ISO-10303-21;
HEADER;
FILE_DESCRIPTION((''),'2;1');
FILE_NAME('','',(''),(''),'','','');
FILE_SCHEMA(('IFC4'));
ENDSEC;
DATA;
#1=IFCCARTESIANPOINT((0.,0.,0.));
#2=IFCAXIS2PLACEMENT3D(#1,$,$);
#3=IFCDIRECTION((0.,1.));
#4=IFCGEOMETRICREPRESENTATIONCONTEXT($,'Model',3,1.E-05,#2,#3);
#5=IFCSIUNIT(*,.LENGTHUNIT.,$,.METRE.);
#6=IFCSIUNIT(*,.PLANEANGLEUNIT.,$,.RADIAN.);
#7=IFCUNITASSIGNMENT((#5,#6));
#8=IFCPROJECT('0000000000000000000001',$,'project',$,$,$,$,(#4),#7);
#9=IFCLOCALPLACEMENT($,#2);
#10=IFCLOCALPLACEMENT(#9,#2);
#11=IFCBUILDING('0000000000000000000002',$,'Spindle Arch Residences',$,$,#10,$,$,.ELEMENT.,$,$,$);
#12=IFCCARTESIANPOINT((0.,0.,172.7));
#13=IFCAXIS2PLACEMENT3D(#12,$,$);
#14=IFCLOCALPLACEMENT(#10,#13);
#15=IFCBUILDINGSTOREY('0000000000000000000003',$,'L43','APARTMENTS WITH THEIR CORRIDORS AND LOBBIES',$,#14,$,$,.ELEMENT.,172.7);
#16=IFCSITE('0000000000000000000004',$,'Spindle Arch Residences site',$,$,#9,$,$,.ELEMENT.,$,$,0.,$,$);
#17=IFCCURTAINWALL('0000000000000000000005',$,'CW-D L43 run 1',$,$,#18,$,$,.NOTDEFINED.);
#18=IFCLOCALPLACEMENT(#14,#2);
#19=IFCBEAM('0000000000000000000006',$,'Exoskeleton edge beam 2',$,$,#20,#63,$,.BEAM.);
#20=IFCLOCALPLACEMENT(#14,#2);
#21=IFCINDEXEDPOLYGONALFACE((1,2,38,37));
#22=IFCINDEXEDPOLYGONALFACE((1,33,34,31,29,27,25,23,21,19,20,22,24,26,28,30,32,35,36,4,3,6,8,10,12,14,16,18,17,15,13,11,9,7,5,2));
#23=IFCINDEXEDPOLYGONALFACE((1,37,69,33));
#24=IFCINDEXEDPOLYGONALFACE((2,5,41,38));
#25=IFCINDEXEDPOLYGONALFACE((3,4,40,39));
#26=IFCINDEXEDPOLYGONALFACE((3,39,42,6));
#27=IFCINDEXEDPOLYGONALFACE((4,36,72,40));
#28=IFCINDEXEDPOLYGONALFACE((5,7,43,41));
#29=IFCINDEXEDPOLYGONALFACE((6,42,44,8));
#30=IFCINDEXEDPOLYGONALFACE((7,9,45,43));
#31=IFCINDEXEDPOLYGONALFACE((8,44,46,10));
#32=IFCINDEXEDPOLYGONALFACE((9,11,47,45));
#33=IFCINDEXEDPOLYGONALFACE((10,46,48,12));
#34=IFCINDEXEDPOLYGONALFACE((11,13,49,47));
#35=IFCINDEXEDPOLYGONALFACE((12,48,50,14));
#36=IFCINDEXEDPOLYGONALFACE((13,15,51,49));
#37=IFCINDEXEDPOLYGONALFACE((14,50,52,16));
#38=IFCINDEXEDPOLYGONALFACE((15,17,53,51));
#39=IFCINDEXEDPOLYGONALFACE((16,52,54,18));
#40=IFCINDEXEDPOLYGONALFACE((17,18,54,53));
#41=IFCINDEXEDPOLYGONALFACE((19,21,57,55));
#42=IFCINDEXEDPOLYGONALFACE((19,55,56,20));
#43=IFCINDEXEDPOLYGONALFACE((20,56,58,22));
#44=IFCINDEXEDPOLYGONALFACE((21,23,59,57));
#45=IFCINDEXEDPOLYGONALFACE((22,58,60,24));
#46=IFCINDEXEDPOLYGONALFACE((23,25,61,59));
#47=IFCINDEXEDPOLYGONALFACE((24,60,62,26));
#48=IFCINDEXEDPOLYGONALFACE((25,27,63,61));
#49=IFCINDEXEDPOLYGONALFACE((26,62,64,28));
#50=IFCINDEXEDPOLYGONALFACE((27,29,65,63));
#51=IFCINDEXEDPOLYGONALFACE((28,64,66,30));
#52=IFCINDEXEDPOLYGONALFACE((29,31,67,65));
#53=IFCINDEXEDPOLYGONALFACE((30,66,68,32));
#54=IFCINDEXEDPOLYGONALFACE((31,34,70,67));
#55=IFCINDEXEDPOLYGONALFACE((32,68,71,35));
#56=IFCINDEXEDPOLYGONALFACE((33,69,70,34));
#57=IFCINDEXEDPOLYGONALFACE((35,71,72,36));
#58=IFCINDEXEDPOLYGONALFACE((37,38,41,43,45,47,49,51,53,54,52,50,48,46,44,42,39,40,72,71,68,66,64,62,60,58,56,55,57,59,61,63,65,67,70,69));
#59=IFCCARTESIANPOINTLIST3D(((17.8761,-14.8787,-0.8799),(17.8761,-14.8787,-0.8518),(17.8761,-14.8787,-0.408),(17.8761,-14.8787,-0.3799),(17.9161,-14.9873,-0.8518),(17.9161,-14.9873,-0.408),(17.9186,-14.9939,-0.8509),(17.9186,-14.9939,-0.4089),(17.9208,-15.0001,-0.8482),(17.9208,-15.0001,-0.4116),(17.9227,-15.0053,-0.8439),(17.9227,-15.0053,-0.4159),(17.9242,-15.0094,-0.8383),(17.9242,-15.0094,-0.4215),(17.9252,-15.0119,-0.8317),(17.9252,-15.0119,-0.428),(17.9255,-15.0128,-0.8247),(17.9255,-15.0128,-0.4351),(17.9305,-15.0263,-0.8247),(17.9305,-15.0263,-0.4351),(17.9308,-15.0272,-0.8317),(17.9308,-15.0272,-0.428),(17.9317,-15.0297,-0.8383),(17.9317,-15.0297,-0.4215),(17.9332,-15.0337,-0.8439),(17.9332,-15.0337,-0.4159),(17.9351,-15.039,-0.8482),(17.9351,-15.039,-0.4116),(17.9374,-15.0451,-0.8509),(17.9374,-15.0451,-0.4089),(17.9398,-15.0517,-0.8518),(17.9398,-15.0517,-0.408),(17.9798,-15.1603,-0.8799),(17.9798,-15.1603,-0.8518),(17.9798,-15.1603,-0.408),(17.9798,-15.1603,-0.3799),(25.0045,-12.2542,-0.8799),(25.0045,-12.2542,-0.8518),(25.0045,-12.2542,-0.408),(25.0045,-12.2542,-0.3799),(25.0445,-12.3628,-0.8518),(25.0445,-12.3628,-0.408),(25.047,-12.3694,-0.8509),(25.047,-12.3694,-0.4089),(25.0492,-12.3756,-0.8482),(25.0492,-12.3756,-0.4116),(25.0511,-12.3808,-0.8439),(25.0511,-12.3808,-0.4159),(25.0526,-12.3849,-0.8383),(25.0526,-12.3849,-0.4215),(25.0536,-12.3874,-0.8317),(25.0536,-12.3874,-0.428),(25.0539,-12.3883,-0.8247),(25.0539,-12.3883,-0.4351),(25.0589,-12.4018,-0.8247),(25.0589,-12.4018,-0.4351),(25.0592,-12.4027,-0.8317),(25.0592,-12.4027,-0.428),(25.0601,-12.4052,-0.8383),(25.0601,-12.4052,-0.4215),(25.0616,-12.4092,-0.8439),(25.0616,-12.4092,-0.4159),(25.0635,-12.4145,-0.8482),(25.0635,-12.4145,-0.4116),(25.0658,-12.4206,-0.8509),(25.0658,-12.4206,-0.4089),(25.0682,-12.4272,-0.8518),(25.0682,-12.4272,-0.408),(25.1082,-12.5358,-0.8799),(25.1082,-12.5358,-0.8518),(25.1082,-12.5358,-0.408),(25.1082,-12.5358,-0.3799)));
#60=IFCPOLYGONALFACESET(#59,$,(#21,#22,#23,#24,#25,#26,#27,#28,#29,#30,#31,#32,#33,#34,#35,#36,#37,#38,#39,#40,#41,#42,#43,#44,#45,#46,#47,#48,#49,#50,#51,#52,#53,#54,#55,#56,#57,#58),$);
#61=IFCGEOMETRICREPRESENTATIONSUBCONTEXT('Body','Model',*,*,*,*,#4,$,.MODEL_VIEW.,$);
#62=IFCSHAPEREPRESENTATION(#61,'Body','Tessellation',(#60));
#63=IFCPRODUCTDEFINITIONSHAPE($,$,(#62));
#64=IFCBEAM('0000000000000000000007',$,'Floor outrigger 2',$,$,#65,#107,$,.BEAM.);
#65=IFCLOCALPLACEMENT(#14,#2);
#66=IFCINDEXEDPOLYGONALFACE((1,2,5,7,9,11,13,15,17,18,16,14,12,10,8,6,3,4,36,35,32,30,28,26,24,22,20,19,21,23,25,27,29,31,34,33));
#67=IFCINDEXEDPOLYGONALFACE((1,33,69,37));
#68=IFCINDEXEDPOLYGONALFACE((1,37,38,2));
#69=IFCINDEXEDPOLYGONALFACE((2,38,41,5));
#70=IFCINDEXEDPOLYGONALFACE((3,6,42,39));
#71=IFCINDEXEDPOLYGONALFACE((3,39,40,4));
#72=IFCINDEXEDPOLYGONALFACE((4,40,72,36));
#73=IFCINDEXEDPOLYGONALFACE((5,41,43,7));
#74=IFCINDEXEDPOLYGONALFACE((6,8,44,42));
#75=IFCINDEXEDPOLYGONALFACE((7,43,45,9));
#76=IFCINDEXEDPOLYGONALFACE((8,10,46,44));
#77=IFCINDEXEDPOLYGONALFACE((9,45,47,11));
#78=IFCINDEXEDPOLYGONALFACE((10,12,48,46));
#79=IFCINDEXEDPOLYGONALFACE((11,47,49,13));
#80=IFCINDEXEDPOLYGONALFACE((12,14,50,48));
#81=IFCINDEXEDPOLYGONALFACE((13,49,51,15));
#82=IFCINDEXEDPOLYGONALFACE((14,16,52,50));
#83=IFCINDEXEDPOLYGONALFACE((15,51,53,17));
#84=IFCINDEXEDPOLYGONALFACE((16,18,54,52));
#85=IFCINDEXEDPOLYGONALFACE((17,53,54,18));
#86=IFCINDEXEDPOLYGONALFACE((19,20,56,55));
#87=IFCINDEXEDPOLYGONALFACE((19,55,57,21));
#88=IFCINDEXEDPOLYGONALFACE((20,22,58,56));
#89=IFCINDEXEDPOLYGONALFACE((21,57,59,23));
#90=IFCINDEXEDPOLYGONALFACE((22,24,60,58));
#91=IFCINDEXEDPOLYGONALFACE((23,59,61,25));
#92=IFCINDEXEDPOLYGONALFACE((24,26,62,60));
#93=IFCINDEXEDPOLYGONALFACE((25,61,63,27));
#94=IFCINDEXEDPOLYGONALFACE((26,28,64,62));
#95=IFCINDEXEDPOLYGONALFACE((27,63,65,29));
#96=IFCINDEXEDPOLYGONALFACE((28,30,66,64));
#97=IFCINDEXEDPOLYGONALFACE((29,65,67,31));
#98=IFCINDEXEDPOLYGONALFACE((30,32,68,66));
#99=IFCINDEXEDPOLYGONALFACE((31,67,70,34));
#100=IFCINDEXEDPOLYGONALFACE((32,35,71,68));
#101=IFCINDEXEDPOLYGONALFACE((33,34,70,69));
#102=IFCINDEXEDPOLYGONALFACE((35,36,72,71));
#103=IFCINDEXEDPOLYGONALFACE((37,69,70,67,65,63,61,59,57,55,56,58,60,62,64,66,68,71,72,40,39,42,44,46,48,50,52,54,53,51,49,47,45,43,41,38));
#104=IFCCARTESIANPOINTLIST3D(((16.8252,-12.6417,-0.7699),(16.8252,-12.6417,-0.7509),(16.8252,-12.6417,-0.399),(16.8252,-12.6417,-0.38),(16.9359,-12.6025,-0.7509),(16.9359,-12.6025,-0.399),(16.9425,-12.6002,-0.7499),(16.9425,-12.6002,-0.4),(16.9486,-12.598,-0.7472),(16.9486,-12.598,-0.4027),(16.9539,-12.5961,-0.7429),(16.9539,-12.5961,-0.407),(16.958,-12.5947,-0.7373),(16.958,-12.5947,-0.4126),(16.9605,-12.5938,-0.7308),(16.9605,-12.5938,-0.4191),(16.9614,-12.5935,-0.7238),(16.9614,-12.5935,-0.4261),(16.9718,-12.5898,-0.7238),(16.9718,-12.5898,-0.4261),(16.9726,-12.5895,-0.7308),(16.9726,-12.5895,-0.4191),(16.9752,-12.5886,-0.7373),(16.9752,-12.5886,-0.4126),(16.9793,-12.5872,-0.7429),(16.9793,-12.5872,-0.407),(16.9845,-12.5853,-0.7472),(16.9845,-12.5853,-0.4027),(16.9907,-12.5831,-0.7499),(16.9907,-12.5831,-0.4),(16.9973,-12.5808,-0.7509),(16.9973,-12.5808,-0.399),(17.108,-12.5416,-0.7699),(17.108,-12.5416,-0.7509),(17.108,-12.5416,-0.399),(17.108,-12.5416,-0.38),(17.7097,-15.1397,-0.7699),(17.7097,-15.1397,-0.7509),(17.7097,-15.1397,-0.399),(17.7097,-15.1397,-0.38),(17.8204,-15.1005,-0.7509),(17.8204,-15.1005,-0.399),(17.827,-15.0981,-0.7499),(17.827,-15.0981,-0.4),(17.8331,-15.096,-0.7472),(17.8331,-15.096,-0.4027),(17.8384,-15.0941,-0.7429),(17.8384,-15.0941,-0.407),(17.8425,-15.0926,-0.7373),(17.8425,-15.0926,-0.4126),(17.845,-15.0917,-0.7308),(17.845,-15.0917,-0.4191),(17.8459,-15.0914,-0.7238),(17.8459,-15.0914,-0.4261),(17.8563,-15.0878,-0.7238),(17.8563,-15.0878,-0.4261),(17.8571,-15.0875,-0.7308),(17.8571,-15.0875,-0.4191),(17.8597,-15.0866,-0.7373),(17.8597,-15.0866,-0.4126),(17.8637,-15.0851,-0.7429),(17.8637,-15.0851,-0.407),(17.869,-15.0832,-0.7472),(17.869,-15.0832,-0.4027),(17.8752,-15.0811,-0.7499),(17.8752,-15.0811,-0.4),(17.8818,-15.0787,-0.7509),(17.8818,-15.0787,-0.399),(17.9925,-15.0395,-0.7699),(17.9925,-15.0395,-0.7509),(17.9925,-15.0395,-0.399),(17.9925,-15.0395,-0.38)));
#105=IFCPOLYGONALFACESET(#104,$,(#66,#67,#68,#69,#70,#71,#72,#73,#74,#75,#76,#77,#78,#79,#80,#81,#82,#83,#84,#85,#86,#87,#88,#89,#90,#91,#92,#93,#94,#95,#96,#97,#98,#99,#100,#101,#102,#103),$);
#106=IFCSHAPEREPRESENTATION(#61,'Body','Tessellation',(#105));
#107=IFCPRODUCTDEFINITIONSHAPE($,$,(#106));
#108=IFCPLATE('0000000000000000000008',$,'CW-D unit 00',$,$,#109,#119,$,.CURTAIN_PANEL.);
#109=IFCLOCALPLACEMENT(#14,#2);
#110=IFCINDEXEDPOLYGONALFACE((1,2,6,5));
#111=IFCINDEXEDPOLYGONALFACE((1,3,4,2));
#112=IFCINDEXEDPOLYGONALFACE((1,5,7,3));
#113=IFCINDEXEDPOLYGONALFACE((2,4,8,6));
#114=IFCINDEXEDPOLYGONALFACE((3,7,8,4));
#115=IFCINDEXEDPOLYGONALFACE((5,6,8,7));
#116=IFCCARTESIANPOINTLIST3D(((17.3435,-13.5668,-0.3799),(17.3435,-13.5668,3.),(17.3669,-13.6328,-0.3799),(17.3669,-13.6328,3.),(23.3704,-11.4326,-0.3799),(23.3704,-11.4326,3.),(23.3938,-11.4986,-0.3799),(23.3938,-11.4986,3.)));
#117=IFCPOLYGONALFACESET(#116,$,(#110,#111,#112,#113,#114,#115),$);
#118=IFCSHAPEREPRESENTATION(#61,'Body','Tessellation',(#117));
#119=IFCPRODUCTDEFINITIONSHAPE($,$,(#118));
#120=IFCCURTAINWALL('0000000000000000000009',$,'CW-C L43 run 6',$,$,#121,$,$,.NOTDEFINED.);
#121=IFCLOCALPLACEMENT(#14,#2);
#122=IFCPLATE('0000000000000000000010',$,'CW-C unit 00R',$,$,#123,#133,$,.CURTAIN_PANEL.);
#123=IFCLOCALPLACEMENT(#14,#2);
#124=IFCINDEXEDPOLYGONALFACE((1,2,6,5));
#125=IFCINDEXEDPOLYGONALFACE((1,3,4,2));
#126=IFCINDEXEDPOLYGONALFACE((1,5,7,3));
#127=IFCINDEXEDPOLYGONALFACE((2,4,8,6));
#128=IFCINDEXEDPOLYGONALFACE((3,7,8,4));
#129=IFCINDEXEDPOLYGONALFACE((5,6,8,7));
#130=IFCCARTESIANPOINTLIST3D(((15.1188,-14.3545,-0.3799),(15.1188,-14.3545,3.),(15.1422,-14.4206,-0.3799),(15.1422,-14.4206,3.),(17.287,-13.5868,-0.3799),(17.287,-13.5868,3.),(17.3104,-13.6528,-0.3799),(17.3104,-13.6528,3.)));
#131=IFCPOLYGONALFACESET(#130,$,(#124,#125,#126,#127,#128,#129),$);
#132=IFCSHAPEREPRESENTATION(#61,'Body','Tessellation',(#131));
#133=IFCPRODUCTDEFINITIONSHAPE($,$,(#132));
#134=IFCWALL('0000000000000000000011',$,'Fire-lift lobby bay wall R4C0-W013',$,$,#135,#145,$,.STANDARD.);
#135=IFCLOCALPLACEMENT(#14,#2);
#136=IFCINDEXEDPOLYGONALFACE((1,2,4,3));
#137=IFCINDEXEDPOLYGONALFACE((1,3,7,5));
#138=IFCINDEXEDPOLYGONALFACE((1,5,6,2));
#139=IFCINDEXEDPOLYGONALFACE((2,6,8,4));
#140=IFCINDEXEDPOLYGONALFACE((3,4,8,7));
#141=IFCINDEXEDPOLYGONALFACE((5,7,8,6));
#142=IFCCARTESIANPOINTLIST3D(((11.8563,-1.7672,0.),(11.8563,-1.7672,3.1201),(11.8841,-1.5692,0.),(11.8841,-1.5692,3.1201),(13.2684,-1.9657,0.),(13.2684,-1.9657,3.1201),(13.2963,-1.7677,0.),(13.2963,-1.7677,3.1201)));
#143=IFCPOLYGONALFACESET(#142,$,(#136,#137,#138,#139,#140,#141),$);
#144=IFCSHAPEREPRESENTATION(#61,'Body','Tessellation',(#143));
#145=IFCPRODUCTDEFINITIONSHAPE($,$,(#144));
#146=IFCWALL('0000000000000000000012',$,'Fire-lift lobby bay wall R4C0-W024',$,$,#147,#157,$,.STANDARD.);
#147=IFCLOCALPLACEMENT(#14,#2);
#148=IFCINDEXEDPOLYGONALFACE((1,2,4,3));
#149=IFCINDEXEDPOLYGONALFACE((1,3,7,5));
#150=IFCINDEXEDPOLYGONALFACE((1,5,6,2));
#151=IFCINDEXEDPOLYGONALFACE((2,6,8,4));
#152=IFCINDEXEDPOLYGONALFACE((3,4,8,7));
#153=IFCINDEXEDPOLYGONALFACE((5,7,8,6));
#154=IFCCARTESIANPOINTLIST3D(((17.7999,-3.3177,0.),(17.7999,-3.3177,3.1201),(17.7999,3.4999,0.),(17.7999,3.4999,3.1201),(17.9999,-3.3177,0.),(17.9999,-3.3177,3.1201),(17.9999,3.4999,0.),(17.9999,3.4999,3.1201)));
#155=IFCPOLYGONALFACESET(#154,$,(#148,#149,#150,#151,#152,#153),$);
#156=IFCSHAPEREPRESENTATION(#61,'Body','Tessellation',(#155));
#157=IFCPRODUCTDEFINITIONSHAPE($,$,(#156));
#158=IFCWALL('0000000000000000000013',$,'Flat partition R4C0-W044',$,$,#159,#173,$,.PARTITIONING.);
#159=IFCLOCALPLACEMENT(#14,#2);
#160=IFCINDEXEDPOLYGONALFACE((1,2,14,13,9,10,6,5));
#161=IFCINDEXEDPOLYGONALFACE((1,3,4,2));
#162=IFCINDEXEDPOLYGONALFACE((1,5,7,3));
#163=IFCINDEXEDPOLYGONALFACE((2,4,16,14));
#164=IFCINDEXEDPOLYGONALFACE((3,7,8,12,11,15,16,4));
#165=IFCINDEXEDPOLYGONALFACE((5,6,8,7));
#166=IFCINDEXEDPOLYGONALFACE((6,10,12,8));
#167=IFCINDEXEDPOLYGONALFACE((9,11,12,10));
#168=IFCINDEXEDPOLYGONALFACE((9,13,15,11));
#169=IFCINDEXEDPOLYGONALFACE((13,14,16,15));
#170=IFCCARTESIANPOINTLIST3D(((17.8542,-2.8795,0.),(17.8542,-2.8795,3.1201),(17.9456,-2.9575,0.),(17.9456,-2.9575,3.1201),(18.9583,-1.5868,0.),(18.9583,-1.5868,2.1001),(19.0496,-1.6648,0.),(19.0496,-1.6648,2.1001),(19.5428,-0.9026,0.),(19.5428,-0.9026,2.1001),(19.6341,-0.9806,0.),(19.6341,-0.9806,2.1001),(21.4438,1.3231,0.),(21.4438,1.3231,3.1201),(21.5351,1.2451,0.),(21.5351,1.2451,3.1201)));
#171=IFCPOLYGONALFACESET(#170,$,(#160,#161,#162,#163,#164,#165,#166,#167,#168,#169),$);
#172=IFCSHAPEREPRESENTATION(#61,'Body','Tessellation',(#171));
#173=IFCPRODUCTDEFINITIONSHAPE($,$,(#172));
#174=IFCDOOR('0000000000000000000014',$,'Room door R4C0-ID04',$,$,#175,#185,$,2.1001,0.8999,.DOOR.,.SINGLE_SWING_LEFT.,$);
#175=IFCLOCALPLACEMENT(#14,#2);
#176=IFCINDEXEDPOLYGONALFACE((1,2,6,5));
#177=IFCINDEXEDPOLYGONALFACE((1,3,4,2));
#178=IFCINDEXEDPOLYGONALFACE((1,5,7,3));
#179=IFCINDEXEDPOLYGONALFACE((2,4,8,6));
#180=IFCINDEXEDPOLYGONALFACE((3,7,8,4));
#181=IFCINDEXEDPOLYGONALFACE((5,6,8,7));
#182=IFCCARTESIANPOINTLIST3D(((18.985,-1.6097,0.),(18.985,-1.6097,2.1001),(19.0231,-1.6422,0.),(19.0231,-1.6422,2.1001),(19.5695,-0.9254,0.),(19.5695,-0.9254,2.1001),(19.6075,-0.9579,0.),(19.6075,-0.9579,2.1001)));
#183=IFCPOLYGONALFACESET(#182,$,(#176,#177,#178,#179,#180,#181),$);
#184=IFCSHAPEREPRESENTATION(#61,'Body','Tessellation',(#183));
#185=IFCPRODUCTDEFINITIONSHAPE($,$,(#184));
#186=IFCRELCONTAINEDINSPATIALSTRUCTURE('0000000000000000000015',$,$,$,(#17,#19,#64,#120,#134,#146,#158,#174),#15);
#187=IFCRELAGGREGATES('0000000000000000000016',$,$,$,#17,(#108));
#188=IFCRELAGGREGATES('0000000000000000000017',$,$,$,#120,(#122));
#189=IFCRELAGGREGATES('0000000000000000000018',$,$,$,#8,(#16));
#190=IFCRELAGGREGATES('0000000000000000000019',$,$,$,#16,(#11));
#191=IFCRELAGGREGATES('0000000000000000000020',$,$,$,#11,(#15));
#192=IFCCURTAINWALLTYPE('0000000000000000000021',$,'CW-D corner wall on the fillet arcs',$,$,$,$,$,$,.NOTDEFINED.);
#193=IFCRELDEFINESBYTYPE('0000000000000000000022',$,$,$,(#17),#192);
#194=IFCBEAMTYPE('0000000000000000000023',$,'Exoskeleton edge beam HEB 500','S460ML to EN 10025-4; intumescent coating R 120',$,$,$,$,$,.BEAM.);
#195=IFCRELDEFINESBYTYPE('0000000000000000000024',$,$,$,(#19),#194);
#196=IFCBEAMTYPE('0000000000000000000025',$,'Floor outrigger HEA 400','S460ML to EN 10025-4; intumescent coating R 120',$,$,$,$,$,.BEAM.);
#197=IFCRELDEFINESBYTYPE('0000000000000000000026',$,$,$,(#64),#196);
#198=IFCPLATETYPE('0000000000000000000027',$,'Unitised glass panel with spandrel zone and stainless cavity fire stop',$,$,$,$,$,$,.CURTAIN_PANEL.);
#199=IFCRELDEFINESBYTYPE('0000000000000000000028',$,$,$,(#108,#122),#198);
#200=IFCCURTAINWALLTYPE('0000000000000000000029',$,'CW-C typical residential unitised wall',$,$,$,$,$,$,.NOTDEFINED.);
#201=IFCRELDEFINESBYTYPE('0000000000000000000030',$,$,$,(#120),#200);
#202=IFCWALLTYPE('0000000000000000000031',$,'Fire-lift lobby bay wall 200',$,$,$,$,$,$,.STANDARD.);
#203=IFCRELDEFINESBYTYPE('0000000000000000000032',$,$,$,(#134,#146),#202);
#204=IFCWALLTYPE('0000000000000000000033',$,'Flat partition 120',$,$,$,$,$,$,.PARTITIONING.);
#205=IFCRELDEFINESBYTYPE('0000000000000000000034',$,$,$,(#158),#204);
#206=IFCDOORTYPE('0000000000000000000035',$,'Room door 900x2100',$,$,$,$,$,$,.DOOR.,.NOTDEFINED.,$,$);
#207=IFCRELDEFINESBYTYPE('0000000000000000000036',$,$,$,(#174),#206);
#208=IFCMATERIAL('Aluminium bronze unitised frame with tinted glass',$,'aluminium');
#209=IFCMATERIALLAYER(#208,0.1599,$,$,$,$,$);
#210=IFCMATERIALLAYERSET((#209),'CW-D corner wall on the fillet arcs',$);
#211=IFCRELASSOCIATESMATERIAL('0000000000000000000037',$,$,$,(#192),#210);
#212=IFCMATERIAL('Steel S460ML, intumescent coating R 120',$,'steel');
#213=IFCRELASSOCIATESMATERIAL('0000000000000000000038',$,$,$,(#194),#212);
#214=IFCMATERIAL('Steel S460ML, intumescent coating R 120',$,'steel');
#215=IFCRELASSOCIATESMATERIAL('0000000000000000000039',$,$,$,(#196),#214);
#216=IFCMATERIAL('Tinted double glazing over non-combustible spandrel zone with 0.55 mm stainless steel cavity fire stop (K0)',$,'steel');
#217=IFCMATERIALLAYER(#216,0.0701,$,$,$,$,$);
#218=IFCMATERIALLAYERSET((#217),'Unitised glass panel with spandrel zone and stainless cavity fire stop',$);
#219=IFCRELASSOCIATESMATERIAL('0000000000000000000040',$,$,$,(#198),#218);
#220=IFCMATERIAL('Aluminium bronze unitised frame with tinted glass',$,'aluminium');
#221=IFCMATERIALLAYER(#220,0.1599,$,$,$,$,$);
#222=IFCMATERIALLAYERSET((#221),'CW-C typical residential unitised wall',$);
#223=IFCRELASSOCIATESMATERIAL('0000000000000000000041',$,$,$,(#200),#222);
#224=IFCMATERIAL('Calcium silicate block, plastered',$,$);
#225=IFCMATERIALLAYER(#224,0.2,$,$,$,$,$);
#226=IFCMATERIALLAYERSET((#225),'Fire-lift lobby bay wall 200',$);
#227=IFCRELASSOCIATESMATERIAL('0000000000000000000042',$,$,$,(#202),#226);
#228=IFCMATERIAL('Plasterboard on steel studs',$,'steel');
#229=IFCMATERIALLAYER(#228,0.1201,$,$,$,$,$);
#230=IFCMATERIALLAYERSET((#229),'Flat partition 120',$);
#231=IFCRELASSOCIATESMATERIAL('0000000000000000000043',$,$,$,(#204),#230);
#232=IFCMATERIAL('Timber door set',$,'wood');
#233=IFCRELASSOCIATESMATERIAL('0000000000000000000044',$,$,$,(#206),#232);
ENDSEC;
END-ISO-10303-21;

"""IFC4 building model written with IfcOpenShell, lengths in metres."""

from ifc_helpers import new_model, si_unit, direction, frame, frame_2d, origin, origin_2d, place, context, subcontext, project, spatial, rectangle, i_section, extrude, material, layer, layer_set, material_profile, profile_set, type_object, element, fill, aggregate, save


model = new_model("IFC4")

# Units and contexts
model_context = context("Model", 3, precision=1e-05, world=origin(), true_north=direction((0.0, 1.0)))
body_context = subcontext(model_context, "Body", "Model", "MODEL_VIEW")
ifc_project = project(units=[si_unit("LENGTHUNIT", "METRE"), si_unit("PLANEANGLEUNIT", "RADIAN")], contexts=[model_context])

# Site, building, storey
site_placement = place(None, origin())
site = spatial("IfcSite", under=ifc_project, at=site_placement, Name="Spindle Arch Residences site", CompositionType="ELEMENT", RefElevation=0.0)
building_placement = place(site_placement, origin())
building = spatial("IfcBuilding", under=site, at=building_placement, Name="Spindle Arch Residences", CompositionType="ELEMENT")
storey_placement = place(building_placement, frame((0.0, 0.0, 172.7)))
storey = spatial("IfcBuildingStorey", under=building, at=storey_placement, Name="L43", Description="APARTMENTS WITH THEIR CORRIDORS AND LOBBIES", CompositionType="ELEMENT", Elevation=172.7)

# Curtain wall
ifc_material_1 = material(Name="Aluminium bronze unitised frame with tinted glass", Category="aluminium")
ifc_layer_1 = layer(ifc_material_1, 0.1599)
ifc_layer_set_1 = layer_set([ifc_layer_1], Name="CW-D corner wall on the fillet arcs")
curtain_wall_type_1 = type_object("IfcCurtainWallType", Name="CW-D corner wall on the fillet arcs", PredefinedType="NOTDEFINED", material=ifc_layer_set_1)
curtain_wall_1_placement = place(storey_placement, origin())
curtain_wall_1 = element("IfcCurtainWall", 1, at=curtain_wall_1_placement, inside=storey, type_object=curtain_wall_type_1, Name="CW-D L43 run 1", PredefinedType="NOTDEFINED")

# Beams
ifc_material_2 = material(Name="Steel S460ML, intumescent coating R 120", Category="steel")
ifc_material_profile_1 = material_profile(ifc_material_2, i_section(OverallWidth=0.3, OverallDepth=0.5, WebThickness=0.0144, FlangeThickness=0.0281, FilletRadius=0.0271, at=origin_2d()), Name="HEB 500")
ifc_profile_set_1 = profile_set([ifc_material_profile_1], Name="Steel S460ML, intumescent coating R 120")
beam_type_1 = type_object("IfcBeamType", Name="Exoskeleton edge beam HEB 500", Description="S460ML to EN 10025-4; intumescent coating R 120", PredefinedType="BEAM", material=ifc_profile_set_1)
beam_1_placement = place(storey_placement, frame((17.928, -15.0195, -0.6299), z_axis=(0.938418, 0.345503, 0.0), x_axis=(-0.345503, 0.938418, 0.0)))
element("IfcBeam", 2, at=beam_1_placement, inside=storey, type_object=beam_type_1, Name="Exoskeleton edge beam 2", PredefinedType="BEAM", context=body_context, shape_type="SweptSolid", body=[
    extrude(i_section(OverallWidth=0.3, OverallDepth=0.5, WebThickness=0.0144, FlangeThickness=0.0281, FilletRadius=0.0271, at=origin_2d()), origin(), (0.0, 0.0, 1.0), 7.5962),
])
ifc_material_3 = material(Name="Steel S460ML, intumescent coating R 120", Category="steel")
ifc_material_profile_2 = material_profile(ifc_material_3, i_section(OverallWidth=0.3, OverallDepth=0.3899, WebThickness=0.011, FlangeThickness=0.019, FilletRadius=0.0271, at=origin_2d()), Name="HEA 400")
ifc_profile_set_2 = profile_set([ifc_material_profile_2], Name="Steel S460ML, intumescent coating R 120")
beam_type_2 = type_object("IfcBeamType", Name="Floor outrigger HEA 400", Description="S460ML to EN 10025-4; intumescent coating R 120", PredefinedType="BEAM", material=ifc_profile_set_2)
beam_2_placement = place(storey_placement, frame((17.8511, -15.0896, -0.575), z_axis=(-0.333779, 0.942651, 0.0), x_axis=(-0.942651, -0.333779, 0.0)))
element("IfcBeam", 3, at=beam_2_placement, inside=storey, type_object=beam_type_2, Name="Floor outrigger 2", PredefinedType="BEAM", context=body_context, shape_type="SweptSolid", body=[
    extrude(i_section(OverallWidth=0.3, OverallDepth=0.3899, WebThickness=0.011, FlangeThickness=0.019, FilletRadius=0.0271, at=origin_2d()), origin(), (0.0, 0.0, 1.0), 2.6499),
])

# Plate
ifc_material_4 = material(Name="Tinted double glazing over non-combustible spandrel zone with 0.55 mm stainless steel cavity fire stop (K0)", Category="steel")
ifc_layer_2 = layer(ifc_material_4, 0.0701)
ifc_layer_set_2 = layer_set([ifc_layer_2], Name="Unitised glass panel with spandrel zone and stainless cavity fire stop")
plate_type = type_object("IfcPlateType", Name="Unitised glass panel with spandrel zone and stainless cavity fire stop", PredefinedType="CURTAIN_PANEL", material=ifc_layer_set_2)
plate_1_placement = place(storey_placement, frame((20.3687, -12.5327, -0.3799), z_axis=(0.0, 0.0, 1.0), x_axis=(0.942641, 0.333807, 0.0)))
plate_1 = element("IfcPlate", 4, at=plate_1_placement, type_object=plate_type, Name="CW-D unit 00", PredefinedType="CURTAIN_PANEL", context=body_context, shape_type="SweptSolid", body=[
    extrude(rectangle(XDim=6.3936, YDim=0.0701, at=origin_2d()), origin(), (0.0, 0.0, 1.0), 3.3799),
])
aggregate(curtain_wall_1, [plate_1])

# Curtain wall, plate
ifc_material_5 = material(Name="Aluminium bronze unitised frame with tinted glass", Category="aluminium")
ifc_layer_3 = layer(ifc_material_5, 0.1599)
ifc_layer_set_3 = layer_set([ifc_layer_3], Name="CW-C typical residential unitised wall")
curtain_wall_type_2 = type_object("IfcCurtainWallType", Name="CW-C typical residential unitised wall", PredefinedType="NOTDEFINED", material=ifc_layer_set_3)
curtain_wall_2_placement = place(storey_placement, origin())
curtain_wall_2 = element("IfcCurtainWall", 5, at=curtain_wall_2_placement, inside=storey, type_object=curtain_wall_type_2, Name="CW-C L43 run 6", PredefinedType="NOTDEFINED")
plate_2_placement = place(storey_placement, frame((16.2146, -14.0037, -0.3799), z_axis=(0.0, 0.0, 1.0), x_axis=(0.942641, 0.333807, 0.0)))
plate_2 = element("IfcPlate", 6, at=plate_2_placement, type_object=plate_type, Name="CW-C unit 00R", PredefinedType="CURTAIN_PANEL", context=body_context, shape_type="SweptSolid", body=[
    extrude(rectangle(XDim=2.3, YDim=0.0701, at=origin_2d()), origin(), (0.0, 0.0, 1.0), 3.3799),
])
aggregate(curtain_wall_2, [plate_2])

# Walls
ifc_material_6 = material(Name="Calcium silicate block, plastered")
ifc_layer_4 = layer(ifc_material_6, 0.2)
ifc_layer_set_4 = layer_set([ifc_layer_4], Name="Fire-lift lobby bay wall 200")
wall_type_1 = type_object("IfcWallType", Name="Fire-lift lobby bay wall 200", PredefinedType="STANDARD", material=ifc_layer_set_4)
wall_1_placement = place(storey_placement, frame((13.2822, -1.8667, 0.0), z_axis=(0.0, 0.0, 1.0), x_axis=(-0.990265, 0.139192, 0.0)))
element("IfcWall", 7, at=wall_1_placement, inside=storey, type_object=wall_type_1, Name="Fire-lift lobby bay wall R4C0-W013", PredefinedType="STANDARD", context=body_context, shape_type="SweptSolid", body=[
    extrude(rectangle(XDim=1.426, YDim=0.2, at=frame_2d((0.7129, 0.0))), origin(), (0.0, 0.0, 1.0), 3.1201),
])
wall_2_placement = place(storey_placement, frame((17.8999, -3.3176, 0.0), z_axis=(0.0, 0.0, 1.0), x_axis=(0.0, 1.0, 0.0)))
element("IfcWall", 8, at=wall_2_placement, inside=storey, type_object=wall_type_1, Name="Fire-lift lobby bay wall R4C0-W024", PredefinedType="STANDARD", context=body_context, shape_type="SweptSolid", body=[
    extrude(rectangle(XDim=6.8176, YDim=0.2, at=frame_2d((3.4087, 0.0))), origin(), (0.0, 0.0, 1.0), 3.1201),
])

# Wall, opening, door
ifc_material_7 = material(Name="Plasterboard on steel studs", Category="steel")
ifc_layer_5 = layer(ifc_material_7, 0.1201)
ifc_layer_set_5 = layer_set([ifc_layer_5], Name="Flat partition 120")
wall_type_2 = type_object("IfcWallType", Name="Flat partition 120", PredefinedType="PARTITIONING", material=ifc_layer_set_5)
wall_3_placement = place(storey_placement, frame((17.8999, -2.9185, 0.0), z_axis=(0.0, 0.0, 1.0), x_axis=(0.64947, 0.760387, 0.0)))
wall_3 = element("IfcWall", 9, at=wall_3_placement, inside=storey, type_object=wall_type_2, Name="Flat partition R4C0-W044", PredefinedType="PARTITIONING", context=body_context, shape_type="SweptSolid", body=[
    extrude(rectangle(XDim=5.5269, YDim=0.1201, at=frame_2d((2.7634, 0.0))), origin(), (0.0, 0.0, 1.0), 3.1201),
])
opening_1_placement = place(wall_3_placement, frame((1.7, 0.0, 0.0)))
opening_1 = element("IfcOpeningElement", 10, at=opening_1_placement, cuts=wall_3, PredefinedType="OPENING", context=body_context, shape_type="SweptSolid", body=[
    extrude(rectangle(XDim=0.8999, YDim=2.1001, at=frame_2d((0.45, 1.05))), frame((0.0, 0.0701, 0.0), z_axis=(0.0, -1.0, 0.0), x_axis=(1.0, 0.0, 0.0)), (0.0, 0.0, 1.0), 0.1401),
])
ifc_material_8 = material(Name="Timber door set", Category="wood")
door_type = type_object("IfcDoorType", Name="Room door 900x2100", OperationType="NOTDEFINED", PredefinedType="DOOR", material=ifc_material_8)
door_1_placement = place(opening_1_placement, origin())
door_1 = element("IfcDoor", 11, at=door_1_placement, inside=storey, type_object=door_type, Name="Room door R4C0-ID04", OperationType="SINGLE_SWING_LEFT", OverallHeight=2.1001, OverallWidth=0.8999, PredefinedType="DOOR", context=body_context, shape_type="SweptSolid", body=[
    extrude(rectangle(XDim=0.8999, YDim=2.1001, at=frame_2d((0.45, 1.05))), frame((0.0, 0.0249, 0.0), z_axis=(0.0, -1.0, 0.0), x_axis=(1.0, 0.0, 0.0)), (0.0, 0.0, 1.0), 0.05),
])
fill(opening_1, door_1)

save(model, "model.ifc")
